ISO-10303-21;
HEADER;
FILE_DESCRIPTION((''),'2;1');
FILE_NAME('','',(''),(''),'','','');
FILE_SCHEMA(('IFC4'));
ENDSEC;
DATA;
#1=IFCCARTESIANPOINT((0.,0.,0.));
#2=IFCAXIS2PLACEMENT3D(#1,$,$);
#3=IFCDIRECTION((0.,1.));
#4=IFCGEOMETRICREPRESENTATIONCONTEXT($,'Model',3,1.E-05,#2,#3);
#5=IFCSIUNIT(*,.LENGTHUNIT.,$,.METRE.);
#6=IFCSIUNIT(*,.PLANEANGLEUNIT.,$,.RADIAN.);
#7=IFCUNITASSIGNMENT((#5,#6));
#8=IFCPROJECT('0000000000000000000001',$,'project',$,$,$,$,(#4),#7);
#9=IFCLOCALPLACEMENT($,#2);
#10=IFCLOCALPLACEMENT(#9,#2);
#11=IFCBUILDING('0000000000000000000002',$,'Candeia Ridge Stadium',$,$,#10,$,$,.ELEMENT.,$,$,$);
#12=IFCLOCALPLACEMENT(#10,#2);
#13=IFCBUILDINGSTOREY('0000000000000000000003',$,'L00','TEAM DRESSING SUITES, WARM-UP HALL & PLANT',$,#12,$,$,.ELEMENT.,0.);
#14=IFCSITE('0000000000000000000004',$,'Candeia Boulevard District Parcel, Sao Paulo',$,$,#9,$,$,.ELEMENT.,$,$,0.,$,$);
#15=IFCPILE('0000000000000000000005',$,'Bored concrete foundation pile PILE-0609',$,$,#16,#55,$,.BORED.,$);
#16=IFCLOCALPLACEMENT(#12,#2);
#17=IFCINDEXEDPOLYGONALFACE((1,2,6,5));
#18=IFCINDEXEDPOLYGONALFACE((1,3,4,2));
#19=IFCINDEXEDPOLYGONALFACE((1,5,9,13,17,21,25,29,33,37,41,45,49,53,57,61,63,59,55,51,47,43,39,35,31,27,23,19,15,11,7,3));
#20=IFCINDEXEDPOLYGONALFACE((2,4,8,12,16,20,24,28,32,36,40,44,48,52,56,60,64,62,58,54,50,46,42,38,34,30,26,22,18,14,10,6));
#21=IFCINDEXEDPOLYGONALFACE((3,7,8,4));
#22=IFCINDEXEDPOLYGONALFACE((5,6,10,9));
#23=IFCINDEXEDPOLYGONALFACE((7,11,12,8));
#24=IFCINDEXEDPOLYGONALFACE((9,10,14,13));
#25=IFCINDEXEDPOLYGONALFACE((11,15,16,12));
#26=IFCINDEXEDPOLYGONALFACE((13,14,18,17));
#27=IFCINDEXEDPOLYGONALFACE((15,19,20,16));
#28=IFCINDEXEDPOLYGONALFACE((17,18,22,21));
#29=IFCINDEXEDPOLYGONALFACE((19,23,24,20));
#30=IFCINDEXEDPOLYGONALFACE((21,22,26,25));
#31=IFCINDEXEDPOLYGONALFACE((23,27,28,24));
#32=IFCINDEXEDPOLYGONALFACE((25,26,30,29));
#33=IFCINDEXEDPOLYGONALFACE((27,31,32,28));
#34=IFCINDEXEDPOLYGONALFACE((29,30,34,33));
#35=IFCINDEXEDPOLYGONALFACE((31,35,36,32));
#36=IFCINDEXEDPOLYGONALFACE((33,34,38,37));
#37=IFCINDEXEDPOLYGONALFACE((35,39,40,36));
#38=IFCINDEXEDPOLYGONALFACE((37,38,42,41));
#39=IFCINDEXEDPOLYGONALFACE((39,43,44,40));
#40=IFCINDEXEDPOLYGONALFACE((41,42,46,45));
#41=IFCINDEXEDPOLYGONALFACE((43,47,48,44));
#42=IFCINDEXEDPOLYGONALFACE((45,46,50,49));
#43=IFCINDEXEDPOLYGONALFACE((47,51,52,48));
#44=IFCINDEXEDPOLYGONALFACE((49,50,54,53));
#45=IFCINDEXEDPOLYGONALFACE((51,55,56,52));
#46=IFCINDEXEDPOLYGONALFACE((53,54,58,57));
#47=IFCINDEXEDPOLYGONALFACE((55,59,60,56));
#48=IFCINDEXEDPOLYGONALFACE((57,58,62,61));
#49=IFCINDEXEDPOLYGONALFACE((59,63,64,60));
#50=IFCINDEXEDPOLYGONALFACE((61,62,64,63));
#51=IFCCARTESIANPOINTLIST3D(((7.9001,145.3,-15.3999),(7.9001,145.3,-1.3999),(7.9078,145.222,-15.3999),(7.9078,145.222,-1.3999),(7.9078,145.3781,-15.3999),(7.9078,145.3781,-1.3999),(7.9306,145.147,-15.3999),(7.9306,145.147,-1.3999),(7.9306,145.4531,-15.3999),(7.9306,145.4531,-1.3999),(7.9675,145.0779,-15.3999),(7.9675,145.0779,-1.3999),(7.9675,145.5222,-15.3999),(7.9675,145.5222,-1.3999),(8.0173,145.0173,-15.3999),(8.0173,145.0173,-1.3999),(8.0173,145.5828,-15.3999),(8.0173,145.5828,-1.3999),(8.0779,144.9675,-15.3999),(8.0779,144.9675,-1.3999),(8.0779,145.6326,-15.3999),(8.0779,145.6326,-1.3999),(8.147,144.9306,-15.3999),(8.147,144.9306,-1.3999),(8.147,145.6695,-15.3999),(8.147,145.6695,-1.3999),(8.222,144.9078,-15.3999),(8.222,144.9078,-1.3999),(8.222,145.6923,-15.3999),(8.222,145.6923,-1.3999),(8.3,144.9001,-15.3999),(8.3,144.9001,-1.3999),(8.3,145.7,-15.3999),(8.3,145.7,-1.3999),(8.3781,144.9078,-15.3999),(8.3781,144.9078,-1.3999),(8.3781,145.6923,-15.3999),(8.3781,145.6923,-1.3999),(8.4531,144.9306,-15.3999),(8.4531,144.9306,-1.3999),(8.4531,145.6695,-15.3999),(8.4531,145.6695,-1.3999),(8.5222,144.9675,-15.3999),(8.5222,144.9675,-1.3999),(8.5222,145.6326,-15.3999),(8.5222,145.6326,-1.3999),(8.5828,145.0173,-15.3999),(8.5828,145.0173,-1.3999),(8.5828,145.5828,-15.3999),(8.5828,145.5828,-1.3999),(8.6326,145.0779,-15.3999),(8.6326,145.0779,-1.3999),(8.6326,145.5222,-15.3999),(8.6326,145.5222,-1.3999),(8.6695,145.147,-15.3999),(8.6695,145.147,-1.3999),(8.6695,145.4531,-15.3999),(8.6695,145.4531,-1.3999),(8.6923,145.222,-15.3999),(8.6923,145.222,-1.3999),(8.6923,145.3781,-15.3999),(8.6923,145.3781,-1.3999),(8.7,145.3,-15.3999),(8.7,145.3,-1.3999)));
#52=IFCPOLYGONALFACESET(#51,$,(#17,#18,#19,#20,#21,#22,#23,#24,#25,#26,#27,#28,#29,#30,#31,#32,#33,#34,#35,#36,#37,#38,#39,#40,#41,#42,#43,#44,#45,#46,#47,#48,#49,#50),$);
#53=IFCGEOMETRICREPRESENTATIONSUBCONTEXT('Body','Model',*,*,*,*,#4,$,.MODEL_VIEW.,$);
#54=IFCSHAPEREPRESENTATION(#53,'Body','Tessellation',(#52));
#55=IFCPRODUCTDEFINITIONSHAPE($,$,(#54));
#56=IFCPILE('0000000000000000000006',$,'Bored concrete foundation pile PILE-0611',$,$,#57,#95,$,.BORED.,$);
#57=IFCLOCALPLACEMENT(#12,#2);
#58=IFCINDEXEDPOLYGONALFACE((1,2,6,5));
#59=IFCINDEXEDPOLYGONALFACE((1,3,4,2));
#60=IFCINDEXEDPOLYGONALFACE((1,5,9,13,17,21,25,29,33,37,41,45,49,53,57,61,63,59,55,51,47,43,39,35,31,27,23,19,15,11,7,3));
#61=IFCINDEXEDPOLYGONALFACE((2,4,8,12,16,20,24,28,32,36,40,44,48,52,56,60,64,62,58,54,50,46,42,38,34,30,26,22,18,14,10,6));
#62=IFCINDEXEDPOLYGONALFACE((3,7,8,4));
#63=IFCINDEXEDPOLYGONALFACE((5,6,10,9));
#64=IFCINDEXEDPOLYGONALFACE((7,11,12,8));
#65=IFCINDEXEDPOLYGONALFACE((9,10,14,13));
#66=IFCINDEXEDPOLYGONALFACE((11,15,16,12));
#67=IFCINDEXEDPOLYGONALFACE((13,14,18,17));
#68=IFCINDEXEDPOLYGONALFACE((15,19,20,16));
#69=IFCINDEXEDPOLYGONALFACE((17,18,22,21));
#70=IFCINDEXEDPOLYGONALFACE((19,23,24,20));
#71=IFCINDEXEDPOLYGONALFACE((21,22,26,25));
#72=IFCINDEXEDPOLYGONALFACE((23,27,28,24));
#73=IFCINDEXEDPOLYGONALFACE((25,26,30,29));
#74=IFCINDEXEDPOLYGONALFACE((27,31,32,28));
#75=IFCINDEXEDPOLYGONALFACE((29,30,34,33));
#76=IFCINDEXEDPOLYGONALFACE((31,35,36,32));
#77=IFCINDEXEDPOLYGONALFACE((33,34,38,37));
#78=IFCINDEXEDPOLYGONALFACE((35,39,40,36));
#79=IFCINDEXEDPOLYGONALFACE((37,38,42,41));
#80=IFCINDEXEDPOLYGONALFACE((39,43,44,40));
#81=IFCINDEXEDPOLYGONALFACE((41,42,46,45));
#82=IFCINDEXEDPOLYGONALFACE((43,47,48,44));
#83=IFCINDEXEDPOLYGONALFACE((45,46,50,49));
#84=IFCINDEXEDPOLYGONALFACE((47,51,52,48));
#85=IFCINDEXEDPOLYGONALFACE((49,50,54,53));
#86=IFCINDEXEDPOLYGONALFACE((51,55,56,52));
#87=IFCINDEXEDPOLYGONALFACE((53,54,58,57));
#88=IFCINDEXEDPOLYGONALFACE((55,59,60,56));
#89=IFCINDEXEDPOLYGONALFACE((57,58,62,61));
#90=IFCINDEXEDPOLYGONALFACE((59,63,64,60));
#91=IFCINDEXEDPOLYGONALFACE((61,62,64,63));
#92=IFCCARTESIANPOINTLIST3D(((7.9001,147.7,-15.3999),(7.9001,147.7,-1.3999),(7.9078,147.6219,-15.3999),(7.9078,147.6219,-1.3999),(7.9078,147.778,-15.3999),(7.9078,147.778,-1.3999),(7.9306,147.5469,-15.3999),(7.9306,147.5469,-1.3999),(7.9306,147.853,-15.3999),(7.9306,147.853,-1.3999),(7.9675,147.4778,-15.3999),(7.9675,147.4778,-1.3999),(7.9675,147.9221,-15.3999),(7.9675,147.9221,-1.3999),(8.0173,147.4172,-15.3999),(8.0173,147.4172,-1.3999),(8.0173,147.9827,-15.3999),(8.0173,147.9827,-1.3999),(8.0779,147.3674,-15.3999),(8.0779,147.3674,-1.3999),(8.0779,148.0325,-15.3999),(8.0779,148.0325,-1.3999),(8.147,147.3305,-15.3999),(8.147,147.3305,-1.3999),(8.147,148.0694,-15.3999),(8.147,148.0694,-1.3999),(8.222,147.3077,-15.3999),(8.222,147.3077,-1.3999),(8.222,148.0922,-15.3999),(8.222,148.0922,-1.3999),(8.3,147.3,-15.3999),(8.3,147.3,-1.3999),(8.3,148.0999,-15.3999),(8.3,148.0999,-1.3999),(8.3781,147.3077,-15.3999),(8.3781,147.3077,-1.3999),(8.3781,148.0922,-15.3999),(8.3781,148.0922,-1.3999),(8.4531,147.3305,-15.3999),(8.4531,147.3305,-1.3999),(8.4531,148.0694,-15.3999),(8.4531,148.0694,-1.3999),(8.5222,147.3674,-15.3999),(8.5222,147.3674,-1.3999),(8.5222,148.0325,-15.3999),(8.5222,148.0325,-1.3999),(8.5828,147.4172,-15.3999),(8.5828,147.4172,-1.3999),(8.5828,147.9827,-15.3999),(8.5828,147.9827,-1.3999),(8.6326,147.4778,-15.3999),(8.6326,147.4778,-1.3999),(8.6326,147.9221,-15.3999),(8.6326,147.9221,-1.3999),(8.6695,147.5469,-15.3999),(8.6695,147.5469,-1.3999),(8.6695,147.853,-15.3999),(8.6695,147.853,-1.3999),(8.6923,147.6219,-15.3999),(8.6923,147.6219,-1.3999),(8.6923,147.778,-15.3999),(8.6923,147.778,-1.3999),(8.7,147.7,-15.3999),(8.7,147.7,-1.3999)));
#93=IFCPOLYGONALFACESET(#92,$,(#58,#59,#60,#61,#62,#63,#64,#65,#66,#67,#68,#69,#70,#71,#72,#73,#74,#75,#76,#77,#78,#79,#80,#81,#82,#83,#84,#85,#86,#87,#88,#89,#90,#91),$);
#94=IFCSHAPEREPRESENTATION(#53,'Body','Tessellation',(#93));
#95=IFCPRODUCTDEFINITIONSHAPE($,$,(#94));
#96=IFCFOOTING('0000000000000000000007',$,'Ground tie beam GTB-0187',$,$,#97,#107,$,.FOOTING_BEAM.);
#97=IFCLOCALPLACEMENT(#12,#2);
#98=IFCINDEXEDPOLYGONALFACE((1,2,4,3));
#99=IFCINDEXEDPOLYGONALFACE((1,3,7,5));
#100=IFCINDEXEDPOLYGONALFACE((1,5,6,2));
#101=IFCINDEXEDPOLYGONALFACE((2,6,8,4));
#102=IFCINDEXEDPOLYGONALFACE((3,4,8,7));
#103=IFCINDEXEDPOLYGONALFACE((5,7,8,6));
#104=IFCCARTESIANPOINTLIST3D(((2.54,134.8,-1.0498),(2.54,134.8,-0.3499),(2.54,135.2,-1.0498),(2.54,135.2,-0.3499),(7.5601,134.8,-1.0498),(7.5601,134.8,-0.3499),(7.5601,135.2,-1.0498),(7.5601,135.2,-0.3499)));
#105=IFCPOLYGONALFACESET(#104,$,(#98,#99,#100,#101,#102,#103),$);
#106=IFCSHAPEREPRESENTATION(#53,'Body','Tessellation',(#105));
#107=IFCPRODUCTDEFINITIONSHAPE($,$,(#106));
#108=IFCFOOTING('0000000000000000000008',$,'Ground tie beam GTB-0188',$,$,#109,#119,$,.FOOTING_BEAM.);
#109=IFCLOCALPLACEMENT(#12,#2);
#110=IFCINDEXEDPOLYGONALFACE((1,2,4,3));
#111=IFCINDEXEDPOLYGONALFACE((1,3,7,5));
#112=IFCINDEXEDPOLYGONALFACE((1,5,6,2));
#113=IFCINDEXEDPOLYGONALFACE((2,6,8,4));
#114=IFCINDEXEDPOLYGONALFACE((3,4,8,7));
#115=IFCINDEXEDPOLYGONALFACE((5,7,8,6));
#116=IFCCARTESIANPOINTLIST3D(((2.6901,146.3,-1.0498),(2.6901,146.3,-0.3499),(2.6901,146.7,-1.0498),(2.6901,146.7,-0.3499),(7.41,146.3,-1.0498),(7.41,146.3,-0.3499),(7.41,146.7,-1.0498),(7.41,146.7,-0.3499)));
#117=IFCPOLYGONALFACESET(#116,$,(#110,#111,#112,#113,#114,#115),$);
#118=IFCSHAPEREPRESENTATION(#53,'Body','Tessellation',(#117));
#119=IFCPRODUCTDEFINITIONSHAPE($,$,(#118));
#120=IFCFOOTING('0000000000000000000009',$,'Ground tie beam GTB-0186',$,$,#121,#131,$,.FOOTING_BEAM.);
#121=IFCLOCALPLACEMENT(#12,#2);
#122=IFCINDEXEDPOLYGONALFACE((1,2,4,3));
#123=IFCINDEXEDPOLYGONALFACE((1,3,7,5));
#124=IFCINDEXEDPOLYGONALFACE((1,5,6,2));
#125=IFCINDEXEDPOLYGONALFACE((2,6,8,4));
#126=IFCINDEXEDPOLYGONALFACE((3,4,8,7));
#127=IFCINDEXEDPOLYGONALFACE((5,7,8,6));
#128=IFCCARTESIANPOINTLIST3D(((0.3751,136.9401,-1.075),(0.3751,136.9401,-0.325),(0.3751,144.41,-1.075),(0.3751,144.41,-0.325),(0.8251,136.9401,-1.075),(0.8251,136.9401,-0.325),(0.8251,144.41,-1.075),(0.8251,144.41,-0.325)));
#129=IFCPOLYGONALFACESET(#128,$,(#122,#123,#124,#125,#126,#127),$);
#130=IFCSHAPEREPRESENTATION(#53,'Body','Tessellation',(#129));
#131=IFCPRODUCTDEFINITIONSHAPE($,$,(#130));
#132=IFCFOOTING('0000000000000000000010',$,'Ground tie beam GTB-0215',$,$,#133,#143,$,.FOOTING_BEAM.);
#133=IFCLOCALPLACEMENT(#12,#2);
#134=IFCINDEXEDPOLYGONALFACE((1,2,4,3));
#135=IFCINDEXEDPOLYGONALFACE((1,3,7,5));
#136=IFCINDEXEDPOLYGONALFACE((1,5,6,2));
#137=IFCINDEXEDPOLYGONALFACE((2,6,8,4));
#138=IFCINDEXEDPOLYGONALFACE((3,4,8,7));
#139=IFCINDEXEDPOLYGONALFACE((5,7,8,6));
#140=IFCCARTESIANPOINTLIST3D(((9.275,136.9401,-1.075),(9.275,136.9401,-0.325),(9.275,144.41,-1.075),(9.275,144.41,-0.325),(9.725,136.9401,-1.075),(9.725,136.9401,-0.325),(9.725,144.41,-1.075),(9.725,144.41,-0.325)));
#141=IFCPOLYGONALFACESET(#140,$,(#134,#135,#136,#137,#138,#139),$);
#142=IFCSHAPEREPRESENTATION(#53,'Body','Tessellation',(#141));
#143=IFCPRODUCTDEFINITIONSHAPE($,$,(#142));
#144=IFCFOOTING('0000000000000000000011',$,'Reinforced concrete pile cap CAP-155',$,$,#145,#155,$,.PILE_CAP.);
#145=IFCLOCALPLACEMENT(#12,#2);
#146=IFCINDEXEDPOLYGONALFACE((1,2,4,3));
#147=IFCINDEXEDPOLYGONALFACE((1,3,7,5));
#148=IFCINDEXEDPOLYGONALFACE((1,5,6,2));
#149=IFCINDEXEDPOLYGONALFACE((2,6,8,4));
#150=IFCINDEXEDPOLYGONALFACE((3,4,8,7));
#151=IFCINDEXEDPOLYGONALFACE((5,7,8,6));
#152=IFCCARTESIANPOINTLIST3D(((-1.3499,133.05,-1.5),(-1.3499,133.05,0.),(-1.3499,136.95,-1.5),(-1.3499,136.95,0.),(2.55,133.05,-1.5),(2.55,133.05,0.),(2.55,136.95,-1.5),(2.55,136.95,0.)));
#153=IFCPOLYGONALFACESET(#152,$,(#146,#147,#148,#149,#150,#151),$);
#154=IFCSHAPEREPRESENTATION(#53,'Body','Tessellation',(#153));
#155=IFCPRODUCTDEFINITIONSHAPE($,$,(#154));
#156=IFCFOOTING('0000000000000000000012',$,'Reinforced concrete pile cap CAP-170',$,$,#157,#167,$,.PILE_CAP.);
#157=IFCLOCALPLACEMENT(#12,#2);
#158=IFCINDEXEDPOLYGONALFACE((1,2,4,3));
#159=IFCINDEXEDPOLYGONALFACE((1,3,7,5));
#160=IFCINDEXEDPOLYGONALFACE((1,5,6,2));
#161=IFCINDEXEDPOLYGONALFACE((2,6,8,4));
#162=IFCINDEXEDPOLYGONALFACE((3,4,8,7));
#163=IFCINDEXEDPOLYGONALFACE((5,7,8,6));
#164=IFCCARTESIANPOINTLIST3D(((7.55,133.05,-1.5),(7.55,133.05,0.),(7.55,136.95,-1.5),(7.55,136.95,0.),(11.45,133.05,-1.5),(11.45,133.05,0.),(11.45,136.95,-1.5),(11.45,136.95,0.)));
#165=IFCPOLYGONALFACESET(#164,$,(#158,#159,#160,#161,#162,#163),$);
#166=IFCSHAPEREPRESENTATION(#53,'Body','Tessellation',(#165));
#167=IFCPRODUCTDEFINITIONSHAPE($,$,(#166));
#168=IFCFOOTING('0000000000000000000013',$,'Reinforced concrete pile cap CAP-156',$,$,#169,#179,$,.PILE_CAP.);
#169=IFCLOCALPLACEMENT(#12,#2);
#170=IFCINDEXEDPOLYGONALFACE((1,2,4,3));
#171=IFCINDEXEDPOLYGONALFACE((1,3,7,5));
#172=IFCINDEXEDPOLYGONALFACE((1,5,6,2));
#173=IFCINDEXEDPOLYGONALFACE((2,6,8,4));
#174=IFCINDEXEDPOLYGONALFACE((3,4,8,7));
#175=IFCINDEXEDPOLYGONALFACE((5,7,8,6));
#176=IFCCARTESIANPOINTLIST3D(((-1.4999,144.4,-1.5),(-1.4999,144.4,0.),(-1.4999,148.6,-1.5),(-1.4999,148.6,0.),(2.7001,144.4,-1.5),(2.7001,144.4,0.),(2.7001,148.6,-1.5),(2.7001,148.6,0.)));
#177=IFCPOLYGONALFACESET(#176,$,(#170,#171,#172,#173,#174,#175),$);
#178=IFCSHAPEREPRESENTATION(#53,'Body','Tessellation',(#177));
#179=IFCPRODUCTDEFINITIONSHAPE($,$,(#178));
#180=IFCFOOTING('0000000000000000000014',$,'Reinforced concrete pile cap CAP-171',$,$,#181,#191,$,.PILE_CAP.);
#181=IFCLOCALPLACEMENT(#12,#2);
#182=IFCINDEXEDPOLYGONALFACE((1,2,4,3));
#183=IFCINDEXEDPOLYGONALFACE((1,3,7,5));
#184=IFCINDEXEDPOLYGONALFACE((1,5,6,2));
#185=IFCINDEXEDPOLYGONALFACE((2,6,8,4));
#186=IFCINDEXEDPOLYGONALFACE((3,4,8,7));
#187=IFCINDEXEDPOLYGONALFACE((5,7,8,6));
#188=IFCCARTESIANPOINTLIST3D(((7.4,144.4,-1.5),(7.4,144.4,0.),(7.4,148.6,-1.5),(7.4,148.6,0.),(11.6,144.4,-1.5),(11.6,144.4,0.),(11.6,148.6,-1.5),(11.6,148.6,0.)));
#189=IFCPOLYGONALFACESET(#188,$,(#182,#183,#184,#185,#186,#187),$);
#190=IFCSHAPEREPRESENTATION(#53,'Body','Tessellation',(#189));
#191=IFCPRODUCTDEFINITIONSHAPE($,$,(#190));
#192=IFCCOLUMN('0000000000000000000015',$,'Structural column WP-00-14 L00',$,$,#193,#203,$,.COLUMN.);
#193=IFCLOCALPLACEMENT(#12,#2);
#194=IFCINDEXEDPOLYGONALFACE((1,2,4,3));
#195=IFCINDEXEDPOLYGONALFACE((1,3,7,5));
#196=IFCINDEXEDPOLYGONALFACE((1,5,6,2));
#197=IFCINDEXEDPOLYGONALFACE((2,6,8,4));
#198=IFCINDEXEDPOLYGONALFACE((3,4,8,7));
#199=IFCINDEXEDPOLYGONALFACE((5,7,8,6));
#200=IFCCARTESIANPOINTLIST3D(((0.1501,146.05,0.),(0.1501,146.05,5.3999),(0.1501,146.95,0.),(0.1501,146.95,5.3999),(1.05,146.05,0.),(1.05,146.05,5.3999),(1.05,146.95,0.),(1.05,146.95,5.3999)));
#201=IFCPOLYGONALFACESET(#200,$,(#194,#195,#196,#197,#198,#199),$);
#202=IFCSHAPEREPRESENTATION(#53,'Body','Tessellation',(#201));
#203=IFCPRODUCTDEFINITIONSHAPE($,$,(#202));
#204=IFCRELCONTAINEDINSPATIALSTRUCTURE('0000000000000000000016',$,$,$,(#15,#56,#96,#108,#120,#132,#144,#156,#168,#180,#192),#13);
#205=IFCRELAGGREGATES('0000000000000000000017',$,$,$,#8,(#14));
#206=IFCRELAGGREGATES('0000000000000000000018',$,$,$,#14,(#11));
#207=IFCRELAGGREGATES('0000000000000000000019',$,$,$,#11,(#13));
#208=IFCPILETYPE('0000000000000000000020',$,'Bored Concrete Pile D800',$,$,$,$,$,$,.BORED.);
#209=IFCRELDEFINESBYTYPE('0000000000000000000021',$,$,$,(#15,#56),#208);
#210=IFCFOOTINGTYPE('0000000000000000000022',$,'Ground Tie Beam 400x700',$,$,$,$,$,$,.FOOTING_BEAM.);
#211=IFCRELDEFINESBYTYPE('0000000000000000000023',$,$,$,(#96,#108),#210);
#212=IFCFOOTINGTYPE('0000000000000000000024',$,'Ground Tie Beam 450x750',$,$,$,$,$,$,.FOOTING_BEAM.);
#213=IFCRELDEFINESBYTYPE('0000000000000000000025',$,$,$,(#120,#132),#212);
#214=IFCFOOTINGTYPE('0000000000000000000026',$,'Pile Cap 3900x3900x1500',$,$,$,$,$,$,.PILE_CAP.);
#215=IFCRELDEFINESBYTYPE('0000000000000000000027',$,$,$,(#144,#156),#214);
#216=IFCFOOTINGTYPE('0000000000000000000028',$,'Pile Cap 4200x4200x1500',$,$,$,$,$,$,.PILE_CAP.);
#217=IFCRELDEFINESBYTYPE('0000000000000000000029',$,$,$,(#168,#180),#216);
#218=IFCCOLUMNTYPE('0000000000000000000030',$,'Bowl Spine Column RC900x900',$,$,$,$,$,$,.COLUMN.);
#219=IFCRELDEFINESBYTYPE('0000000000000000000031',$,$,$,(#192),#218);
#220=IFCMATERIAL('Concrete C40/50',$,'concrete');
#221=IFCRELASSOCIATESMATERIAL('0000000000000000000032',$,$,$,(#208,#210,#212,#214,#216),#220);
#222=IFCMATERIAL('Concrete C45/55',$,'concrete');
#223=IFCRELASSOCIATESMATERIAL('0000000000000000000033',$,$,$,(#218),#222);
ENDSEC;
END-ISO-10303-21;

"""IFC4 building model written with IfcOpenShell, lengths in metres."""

from ifc_helpers import new_model, si_unit, direction, frame, origin, origin_2d, place, context, subcontext, project, spatial, rectangle, circle, extrude, material, material_profile, profile_set, type_object, element, save


model = new_model("IFC4")

# Units and contexts
model_context = context("Model", 3, precision=1e-05, world=origin(), true_north=direction((0.0, 1.0)))
body_context = subcontext(model_context, "Body", "Model", "MODEL_VIEW")
ifc_project = project(units=[si_unit("LENGTHUNIT", "METRE"), si_unit("PLANEANGLEUNIT", "RADIAN")], contexts=[model_context])

# Site, building, storey
site_placement = place(None, origin())
site = spatial("IfcSite", under=ifc_project, at=site_placement, Name="Candeia Boulevard District Parcel, Sao Paulo", CompositionType="ELEMENT", RefElevation=0.0)
building_placement = place(site_placement, origin())
building = spatial("IfcBuilding", under=site, at=building_placement, Name="Candeia Ridge Stadium", CompositionType="ELEMENT")
storey_placement = place(building_placement, origin())
storey = spatial("IfcBuildingStorey", under=building, at=storey_placement, Name="L00", Description="TEAM DRESSING SUITES, WARM-UP HALL & PLANT", CompositionType="ELEMENT", Elevation=0.0)

# Piles
ifc_material_1 = material(Name="Concrete C40/50", Category="concrete")
ifc_material_profile_1 = material_profile(ifc_material_1, circle(Radius=0.3999, at=origin_2d()), Name="PILE-D800", Category="concrete")
ifc_profile_set_1 = profile_set([ifc_material_profile_1], Name="Concrete C40/50")
pile_type = type_object("IfcPileType", Name="Bored Concrete Pile D800", PredefinedType="BORED", material=ifc_profile_set_1)
for number, where, z_axis, x_axis, name in (
    (1, (8.3, 145.3, -1.3999), (0.0, 0.0, -1.0), (1.0, 0.0, 0.0), "Bored concrete foundation pile PILE-0609"),
    (2, (8.3, 147.7, -1.3999), (0.0, 0.0, -1.0), (1.0, 0.0, 0.0), "Bored concrete foundation pile PILE-0611"),
):
    element("IfcPile", number, at=place(storey_placement, frame(where, z_axis=z_axis, x_axis=x_axis)), inside=storey, type_object=pile_type, Name=name, PredefinedType="BORED", context=body_context, shape_type="SweptSolid", body=[
        extrude(circle(Radius=0.3999, at=origin_2d()), origin(), (0.0, 0.0, 1.0), 14.0),
    ])

# Footings
footing_type_1 = type_object("IfcFootingType", Name="Ground Tie Beam 400x700", PredefinedType="FOOTING_BEAM", material=ifc_material_1)
footing_1_placement = place(storey_placement, frame((5.05, 135.0, -1.0498), z_axis=(0.0, 0.0, 1.0), x_axis=(1.0, 0.0, 0.0)))
element("IfcFooting", 3, at=footing_1_placement, inside=storey, type_object=footing_type_1, Name="Ground tie beam GTB-0187", PredefinedType="FOOTING_BEAM", context=body_context, shape_type="SweptSolid", body=[
    extrude(rectangle(XDim=5.02, YDim=0.3999, at=origin_2d()), origin(), (0.0, 0.0, 1.0), 0.7),
])
footing_2_placement = place(storey_placement, frame((5.05, 146.5, -1.0498), z_axis=(0.0, 0.0, 1.0), x_axis=(1.0, 0.0, 0.0)))
element("IfcFooting", 4, at=footing_2_placement, inside=storey, type_object=footing_type_1, Name="Ground tie beam GTB-0188", PredefinedType="FOOTING_BEAM", context=body_context, shape_type="SweptSolid", body=[
    extrude(rectangle(XDim=4.72, YDim=0.3999, at=origin_2d()), origin(), (0.0, 0.0, 1.0), 0.7),
])
footing_type_2 = type_object("IfcFootingType", Name="Ground Tie Beam 450x750", PredefinedType="FOOTING_BEAM", material=ifc_material_1)
for number, where, z_axis, x_axis, name in (
    (5, (0.6001, 140.675, -1.075), (0.0, 0.0, 1.0), (0.0, 1.0, 0.0), "Ground tie beam GTB-0186"),
    (6, (9.5, 140.675, -1.075), (0.0, 0.0, 1.0), (0.0, 1.0, 0.0), "Ground tie beam GTB-0215"),
):
    element("IfcFooting", number, at=place(storey_placement, frame(where, z_axis=z_axis, x_axis=x_axis)), inside=storey, type_object=footing_type_2, Name=name, PredefinedType="FOOTING_BEAM", context=body_context, shape_type="SweptSolid", body=[
        extrude(rectangle(XDim=7.47, YDim=0.45, at=origin_2d()), origin(), (0.0, 0.0, 1.0), 0.75),
    ])
footing_type_3 = type_object("IfcFootingType", Name="Pile Cap 3900x3900x1500", PredefinedType="PILE_CAP", material=ifc_material_1)
for number, where, z_axis, x_axis, name in (
    (7, (0.6001, 135.0, -1.5), (0.0, 0.0, 1.0), (1.0, 0.0, 0.0), "Reinforced concrete pile cap CAP-155"),
    (8, (9.5, 135.0, -1.5), (0.0, 0.0, 1.0), (1.0, 0.0, 0.0), "Reinforced concrete pile cap CAP-170"),
):
    element("IfcFooting", number, at=place(storey_placement, frame(where, z_axis=z_axis, x_axis=x_axis)), inside=storey, type_object=footing_type_3, Name=name, PredefinedType="PILE_CAP", context=body_context, shape_type="SweptSolid", body=[
        extrude(rectangle(XDim=3.8999, YDim=3.8999, at=origin_2d()), origin(), (0.0, 0.0, 1.0), 1.5),
    ])
footing_type_4 = type_object("IfcFootingType", Name="Pile Cap 4200x4200x1500", PredefinedType="PILE_CAP", material=ifc_material_1)
for number, where, z_axis, x_axis, name in (
    (9, (0.6001, 146.5, -1.5), (0.0, 0.0, 1.0), (1.0, 0.0, 0.0), "Reinforced concrete pile cap CAP-156"),
    (10, (9.5, 146.5, -1.5), (0.0, 0.0, 1.0), (1.0, 0.0, 0.0), "Reinforced concrete pile cap CAP-171"),
):
    element("IfcFooting", number, at=place(storey_placement, frame(where, z_axis=z_axis, x_axis=x_axis)), inside=storey, type_object=footing_type_4, Name=name, PredefinedType="PILE_CAP", context=body_context, shape_type="SweptSolid", body=[
        extrude(rectangle(XDim=4.2, YDim=4.2, at=origin_2d()), origin(), (0.0, 0.0, 1.0), 1.5),
    ])

# Column
ifc_material_2 = material(Name="Concrete C45/55", Category="concrete")
ifc_material_profile_2 = material_profile(ifc_material_2, rectangle(XDim=0.8999, YDim=0.8999, at=origin_2d()), Name="RC900x900", Category="concrete")
ifc_profile_set_2 = profile_set([ifc_material_profile_2], Name="Concrete C45/55")
column_type_1 = type_object("IfcColumnType", Name="Bowl Spine Column RC900x900", PredefinedType="COLUMN", material=ifc_profile_set_2)
for number, where, z_axis, x_axis, name in (
    (11, (0.6001, 146.5, 0.0), (0.0, 0.0, 1.0), (1.0, 0.0, 0.0), "Structural column WP-00-14 L00"),
):
    element("IfcColumn", number, at=place(storey_placement, frame(where, z_axis=z_axis, x_axis=x_axis)), inside=storey, type_object=column_type_1, Name=name, PredefinedType="COLUMN", context=body_context, shape_type="SweptSolid", body=[
        extrude(rectangle(XDim=0.8999, YDim=0.8999, at=origin_2d()), origin(), (0.0, 0.0, 1.0), 5.3999),
    ])

save(model, "model.ifc")
